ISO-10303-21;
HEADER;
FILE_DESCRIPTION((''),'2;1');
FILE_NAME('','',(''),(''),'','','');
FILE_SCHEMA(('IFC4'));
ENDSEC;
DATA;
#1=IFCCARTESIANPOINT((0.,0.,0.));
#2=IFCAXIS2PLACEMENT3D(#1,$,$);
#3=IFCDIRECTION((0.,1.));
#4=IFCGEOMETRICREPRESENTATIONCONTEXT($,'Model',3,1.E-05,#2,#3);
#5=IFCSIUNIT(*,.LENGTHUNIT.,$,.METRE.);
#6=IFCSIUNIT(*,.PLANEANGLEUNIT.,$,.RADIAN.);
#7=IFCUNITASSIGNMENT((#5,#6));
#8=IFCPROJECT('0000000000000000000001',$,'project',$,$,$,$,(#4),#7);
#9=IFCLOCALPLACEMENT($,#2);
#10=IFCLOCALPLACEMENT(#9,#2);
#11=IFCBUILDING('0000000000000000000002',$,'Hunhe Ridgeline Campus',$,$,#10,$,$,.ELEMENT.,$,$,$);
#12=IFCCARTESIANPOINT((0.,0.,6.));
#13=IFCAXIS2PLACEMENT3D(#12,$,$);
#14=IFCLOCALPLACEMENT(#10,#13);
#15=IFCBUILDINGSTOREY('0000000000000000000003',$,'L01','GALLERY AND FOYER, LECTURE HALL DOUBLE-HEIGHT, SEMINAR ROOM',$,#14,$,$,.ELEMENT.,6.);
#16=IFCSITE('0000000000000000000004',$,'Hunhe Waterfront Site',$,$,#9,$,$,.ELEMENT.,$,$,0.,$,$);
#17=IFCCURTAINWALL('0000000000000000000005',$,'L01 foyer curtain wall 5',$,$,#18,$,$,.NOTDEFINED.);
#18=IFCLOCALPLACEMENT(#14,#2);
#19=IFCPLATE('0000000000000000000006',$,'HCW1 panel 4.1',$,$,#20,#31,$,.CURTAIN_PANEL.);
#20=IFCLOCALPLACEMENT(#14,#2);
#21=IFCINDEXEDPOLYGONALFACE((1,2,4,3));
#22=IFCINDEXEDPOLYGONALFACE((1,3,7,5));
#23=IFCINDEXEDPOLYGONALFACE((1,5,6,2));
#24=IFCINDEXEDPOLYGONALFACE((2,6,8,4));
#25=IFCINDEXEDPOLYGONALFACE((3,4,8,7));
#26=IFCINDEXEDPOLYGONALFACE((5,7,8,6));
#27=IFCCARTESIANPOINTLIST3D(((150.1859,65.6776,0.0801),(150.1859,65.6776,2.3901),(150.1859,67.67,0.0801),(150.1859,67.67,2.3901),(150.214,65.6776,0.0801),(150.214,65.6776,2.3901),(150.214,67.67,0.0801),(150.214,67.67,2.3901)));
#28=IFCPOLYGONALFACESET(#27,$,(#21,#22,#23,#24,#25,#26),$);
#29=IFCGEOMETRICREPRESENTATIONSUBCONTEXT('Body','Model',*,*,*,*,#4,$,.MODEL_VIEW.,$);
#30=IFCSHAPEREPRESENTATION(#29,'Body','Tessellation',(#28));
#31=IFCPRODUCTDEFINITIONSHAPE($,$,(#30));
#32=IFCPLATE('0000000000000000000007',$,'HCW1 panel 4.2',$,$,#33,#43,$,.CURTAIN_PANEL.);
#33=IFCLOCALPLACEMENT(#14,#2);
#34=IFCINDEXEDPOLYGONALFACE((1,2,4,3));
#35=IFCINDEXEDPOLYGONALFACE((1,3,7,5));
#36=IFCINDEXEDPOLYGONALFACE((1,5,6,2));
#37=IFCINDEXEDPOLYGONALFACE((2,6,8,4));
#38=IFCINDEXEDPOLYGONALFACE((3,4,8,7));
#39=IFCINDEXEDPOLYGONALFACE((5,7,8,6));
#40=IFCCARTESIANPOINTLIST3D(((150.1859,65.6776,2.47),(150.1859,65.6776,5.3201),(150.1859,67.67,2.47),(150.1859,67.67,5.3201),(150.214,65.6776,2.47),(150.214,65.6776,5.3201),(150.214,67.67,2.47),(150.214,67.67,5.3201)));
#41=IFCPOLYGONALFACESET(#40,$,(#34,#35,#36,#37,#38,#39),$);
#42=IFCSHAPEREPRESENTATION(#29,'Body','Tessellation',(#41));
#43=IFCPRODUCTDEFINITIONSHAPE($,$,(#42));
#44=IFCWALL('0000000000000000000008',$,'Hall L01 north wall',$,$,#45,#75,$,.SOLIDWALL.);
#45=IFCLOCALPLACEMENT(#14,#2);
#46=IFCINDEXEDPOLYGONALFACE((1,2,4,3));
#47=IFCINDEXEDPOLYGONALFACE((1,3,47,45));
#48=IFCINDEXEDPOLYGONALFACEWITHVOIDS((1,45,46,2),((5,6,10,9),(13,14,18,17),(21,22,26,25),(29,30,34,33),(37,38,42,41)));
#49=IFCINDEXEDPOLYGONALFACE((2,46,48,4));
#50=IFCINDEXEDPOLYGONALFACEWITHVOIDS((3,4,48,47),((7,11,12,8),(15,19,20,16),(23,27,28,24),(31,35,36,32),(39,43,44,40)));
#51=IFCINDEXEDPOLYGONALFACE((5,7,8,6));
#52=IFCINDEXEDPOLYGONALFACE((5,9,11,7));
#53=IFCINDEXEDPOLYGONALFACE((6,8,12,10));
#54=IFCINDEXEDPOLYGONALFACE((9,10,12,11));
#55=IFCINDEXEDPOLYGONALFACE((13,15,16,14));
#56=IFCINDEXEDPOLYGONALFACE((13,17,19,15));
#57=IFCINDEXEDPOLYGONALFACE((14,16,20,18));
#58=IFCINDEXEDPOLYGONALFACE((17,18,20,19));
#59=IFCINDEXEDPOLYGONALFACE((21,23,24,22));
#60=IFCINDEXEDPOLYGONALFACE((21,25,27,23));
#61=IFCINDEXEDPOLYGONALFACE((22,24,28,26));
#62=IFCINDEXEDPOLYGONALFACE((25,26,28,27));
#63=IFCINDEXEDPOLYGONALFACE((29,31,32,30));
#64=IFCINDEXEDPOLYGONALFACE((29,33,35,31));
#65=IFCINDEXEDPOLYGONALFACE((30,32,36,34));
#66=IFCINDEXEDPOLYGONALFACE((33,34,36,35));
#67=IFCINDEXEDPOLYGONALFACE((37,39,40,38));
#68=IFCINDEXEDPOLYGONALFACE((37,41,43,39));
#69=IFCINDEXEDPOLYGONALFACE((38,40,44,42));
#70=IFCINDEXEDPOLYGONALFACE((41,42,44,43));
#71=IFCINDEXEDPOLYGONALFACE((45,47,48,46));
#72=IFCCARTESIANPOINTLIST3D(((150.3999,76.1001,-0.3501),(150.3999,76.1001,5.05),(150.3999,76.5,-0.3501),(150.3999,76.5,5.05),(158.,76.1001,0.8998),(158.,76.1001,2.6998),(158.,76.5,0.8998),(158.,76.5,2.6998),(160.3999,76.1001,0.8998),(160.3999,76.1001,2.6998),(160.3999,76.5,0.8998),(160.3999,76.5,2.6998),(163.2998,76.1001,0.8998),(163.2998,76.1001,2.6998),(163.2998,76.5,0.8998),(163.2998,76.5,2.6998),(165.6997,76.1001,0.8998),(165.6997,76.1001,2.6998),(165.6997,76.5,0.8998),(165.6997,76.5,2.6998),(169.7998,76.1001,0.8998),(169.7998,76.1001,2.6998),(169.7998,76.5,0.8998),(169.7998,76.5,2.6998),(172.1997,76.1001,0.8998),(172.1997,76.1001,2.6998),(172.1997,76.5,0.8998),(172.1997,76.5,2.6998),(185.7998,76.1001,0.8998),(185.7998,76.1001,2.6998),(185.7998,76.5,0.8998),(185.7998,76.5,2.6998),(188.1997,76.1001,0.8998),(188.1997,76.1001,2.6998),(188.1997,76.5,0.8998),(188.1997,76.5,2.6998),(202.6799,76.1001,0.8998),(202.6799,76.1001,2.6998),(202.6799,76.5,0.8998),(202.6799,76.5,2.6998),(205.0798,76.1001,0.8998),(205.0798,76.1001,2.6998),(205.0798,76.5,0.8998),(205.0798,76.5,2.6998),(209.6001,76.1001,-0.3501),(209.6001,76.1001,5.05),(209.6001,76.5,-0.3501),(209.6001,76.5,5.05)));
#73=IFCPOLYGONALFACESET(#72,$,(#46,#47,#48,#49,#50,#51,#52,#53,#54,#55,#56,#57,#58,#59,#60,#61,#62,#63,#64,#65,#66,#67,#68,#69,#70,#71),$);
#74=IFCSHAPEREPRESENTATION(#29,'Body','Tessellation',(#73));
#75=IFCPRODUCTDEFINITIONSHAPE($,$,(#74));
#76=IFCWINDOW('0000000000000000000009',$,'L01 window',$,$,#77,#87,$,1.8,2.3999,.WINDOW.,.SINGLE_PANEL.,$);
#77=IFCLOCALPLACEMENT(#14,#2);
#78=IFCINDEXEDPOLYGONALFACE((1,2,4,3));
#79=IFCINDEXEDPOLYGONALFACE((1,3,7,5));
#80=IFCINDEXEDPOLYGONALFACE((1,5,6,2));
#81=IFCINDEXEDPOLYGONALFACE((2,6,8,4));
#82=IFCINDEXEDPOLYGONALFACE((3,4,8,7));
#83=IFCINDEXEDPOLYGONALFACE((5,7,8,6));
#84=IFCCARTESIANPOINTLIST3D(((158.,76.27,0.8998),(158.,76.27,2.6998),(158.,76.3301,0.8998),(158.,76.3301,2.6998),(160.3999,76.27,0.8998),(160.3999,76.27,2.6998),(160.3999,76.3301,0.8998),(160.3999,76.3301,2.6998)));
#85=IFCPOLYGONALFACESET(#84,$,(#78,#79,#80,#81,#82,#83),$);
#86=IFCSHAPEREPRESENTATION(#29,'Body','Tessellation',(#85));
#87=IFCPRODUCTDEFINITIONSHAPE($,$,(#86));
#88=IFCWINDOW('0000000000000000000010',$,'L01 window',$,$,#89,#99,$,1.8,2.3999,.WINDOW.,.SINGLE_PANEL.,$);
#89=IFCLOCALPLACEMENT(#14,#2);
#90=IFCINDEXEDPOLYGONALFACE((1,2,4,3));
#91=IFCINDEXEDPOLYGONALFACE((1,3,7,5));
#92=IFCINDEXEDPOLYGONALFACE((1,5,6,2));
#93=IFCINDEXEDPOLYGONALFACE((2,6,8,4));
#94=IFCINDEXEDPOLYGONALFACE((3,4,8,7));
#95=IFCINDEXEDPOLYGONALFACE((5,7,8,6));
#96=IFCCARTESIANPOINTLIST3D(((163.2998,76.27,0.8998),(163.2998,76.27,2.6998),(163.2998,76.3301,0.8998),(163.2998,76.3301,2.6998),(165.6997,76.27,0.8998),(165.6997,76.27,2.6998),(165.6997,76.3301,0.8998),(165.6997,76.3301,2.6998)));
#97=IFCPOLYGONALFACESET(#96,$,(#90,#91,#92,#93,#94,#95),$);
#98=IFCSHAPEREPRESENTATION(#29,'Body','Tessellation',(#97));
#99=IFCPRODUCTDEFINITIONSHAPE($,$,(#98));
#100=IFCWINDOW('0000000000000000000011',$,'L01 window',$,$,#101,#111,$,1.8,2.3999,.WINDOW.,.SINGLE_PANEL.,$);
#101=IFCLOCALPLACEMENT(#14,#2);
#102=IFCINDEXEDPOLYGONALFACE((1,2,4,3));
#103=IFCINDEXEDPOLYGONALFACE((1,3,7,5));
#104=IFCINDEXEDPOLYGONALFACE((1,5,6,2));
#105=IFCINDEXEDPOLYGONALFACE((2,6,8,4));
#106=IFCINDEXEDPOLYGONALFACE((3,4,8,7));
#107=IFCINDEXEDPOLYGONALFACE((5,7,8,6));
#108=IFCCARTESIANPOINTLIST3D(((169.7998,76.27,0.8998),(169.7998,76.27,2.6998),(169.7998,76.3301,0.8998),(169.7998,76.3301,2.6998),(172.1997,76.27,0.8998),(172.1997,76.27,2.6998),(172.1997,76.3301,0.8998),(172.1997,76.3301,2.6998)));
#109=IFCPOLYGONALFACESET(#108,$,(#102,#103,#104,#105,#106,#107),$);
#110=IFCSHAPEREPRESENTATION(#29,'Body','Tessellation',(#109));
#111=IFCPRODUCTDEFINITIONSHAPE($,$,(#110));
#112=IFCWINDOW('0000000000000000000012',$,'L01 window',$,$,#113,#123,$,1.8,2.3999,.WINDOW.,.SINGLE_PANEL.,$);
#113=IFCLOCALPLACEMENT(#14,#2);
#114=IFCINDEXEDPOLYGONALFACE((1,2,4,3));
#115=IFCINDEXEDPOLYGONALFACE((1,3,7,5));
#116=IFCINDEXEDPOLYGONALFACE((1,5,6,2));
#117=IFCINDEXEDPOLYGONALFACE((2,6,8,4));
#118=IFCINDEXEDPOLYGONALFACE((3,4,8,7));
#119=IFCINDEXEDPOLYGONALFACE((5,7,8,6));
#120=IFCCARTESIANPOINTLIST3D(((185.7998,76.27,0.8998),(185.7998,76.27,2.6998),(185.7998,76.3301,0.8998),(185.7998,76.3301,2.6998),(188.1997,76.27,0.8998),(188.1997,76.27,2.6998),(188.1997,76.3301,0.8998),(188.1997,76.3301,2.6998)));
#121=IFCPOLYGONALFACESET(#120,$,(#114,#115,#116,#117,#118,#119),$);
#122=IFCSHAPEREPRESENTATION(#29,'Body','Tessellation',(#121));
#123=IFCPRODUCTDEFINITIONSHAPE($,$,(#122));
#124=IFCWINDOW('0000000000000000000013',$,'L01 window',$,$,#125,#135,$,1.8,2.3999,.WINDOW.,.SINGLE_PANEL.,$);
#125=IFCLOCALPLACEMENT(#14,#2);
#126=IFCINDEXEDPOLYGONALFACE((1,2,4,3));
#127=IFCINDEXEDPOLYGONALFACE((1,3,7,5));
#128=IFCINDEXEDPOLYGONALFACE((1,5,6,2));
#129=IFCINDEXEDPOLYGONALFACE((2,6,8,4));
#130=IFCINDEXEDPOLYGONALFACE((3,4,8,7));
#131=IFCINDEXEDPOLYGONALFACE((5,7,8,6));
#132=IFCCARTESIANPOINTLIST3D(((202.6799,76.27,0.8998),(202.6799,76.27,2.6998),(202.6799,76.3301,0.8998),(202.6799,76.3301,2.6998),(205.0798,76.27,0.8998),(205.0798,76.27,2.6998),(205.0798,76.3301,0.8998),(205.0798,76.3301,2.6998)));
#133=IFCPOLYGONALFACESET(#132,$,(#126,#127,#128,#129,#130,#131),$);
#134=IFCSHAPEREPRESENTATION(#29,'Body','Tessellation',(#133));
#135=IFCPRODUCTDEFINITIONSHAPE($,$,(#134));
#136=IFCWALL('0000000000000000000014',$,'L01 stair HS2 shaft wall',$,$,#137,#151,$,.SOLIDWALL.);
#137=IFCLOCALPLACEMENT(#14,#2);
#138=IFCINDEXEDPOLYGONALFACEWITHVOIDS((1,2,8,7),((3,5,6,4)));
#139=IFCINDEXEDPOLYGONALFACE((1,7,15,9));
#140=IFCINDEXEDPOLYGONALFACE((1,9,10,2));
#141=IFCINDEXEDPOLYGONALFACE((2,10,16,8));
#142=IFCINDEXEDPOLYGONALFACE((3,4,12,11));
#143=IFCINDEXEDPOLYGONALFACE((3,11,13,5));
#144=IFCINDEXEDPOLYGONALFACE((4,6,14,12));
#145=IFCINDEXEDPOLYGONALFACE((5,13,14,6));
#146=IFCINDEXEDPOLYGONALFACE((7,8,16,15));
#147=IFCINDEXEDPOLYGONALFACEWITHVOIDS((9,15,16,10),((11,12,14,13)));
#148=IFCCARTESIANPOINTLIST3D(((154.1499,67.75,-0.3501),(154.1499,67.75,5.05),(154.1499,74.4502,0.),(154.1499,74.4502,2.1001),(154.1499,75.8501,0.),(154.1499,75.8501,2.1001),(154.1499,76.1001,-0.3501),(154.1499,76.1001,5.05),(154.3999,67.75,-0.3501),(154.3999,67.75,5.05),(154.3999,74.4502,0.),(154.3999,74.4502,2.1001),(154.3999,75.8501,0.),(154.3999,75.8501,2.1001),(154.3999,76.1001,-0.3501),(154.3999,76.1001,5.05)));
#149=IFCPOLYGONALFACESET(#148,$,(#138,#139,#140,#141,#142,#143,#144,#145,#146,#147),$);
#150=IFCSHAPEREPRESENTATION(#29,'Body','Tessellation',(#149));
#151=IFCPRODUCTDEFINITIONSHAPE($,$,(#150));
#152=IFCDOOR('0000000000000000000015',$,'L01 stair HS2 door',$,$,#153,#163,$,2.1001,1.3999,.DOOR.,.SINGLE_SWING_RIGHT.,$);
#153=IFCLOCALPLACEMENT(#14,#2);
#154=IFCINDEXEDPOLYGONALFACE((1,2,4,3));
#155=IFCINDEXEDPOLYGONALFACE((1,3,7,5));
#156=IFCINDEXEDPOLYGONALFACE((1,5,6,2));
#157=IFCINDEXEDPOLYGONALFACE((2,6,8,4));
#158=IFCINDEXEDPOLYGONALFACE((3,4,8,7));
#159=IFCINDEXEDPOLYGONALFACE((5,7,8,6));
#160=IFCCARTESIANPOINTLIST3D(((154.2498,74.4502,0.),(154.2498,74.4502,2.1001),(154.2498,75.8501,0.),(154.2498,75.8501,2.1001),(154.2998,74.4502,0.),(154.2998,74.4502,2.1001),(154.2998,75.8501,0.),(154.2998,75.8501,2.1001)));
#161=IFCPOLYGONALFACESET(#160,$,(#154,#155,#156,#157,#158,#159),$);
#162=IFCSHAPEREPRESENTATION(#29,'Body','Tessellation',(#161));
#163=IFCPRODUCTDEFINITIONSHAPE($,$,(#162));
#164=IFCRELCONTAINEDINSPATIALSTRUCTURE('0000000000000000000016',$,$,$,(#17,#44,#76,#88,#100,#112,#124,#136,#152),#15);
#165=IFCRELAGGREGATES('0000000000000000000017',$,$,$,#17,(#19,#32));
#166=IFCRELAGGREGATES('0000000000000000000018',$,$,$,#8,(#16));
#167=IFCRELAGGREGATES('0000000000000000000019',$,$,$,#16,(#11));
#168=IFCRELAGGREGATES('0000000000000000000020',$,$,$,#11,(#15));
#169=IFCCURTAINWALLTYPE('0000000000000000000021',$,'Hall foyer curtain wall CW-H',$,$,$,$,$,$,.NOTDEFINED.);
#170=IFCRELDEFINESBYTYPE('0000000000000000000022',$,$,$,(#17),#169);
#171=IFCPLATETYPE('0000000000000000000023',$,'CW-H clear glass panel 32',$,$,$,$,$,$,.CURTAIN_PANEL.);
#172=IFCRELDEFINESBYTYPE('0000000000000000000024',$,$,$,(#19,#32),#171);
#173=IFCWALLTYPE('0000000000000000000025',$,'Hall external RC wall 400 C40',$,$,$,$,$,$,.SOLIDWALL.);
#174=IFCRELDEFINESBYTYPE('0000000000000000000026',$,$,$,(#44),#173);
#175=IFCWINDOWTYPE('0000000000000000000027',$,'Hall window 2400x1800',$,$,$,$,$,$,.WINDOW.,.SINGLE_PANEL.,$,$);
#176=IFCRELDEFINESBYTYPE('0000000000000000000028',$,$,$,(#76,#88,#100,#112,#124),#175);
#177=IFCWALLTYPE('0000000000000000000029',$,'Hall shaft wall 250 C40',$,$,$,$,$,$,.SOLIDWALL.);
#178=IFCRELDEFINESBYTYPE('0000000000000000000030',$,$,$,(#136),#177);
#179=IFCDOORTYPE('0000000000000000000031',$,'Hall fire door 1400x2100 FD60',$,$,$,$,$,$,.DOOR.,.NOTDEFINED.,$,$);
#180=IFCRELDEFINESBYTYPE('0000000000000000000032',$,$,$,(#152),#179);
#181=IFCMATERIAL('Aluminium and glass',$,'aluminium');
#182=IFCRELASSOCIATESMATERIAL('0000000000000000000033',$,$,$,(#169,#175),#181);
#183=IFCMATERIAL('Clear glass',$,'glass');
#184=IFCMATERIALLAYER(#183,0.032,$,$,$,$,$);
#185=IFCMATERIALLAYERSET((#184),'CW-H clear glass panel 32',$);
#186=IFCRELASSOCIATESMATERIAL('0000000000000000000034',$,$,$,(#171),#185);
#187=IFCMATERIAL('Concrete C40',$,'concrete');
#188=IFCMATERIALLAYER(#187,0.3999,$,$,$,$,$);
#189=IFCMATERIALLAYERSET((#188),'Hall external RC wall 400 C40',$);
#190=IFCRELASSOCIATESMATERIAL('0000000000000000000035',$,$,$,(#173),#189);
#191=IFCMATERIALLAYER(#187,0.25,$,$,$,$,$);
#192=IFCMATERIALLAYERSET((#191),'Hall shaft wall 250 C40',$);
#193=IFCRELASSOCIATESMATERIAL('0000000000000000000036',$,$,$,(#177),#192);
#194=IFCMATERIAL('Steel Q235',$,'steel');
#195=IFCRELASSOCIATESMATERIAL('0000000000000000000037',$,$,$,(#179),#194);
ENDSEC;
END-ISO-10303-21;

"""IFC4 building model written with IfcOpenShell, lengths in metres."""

from ifc_helpers import new_model, si_unit, direction, frame, frame_2d, origin, origin_2d, place, context, subcontext, project, spatial, rectangle, extrude, material, layer, layer_set, type_object, element, fill, aggregate, save


model = new_model("IFC4")

# Units and contexts
model_context = context("Model", 3, precision=1e-05, world=origin(), true_north=direction((0.0, 1.0)))
body_context = subcontext(model_context, "Body", "Model", "MODEL_VIEW")
ifc_project = project(units=[si_unit("LENGTHUNIT", "METRE"), si_unit("PLANEANGLEUNIT", "RADIAN")], contexts=[model_context])

# Site, building, storey
site_placement = place(None, origin())
site = spatial("IfcSite", under=ifc_project, at=site_placement, Name="Hunhe Waterfront Site", CompositionType="ELEMENT", RefElevation=0.0)
building_placement = place(site_placement, origin())
building = spatial("IfcBuilding", under=site, at=building_placement, Name="Hunhe Ridgeline Campus", CompositionType="ELEMENT")
storey_placement = place(building_placement, frame((0.0, 0.0, 6.0)))
storey = spatial("IfcBuildingStorey", under=building, at=storey_placement, Name="L01", Description="GALLERY AND FOYER, LECTURE HALL DOUBLE-HEIGHT, SEMINAR ROOM", CompositionType="ELEMENT", Elevation=6.0)

# Curtain wall, plates
ifc_material_1 = material(Name="Aluminium and glass", Category="aluminium")
curtain_wall_type = type_object("IfcCurtainWallType", Name="Hall foyer curtain wall CW-H", PredefinedType="NOTDEFINED", material=ifc_material_1)
curtain_wall_placement = place(storey_placement, origin())
curtain_wall = element("IfcCurtainWall", 1, at=curtain_wall_placement, inside=storey, type_object=curtain_wall_type, Name="L01 foyer curtain wall 5", PredefinedType="NOTDEFINED")
ifc_material_2 = material(Name="Clear glass", Category="glass")
ifc_layer_1 = layer(ifc_material_2, 0.032)
ifc_layer_set_1 = layer_set([ifc_layer_1], Name="CW-H clear glass panel 32")
plate_type = type_object("IfcPlateType", Name="CW-H clear glass panel 32", PredefinedType="CURTAIN_PANEL", material=ifc_layer_set_1)
plate_1_placement = place(storey_placement, frame((150.2, 66.6738, 0.0801), z_axis=(0.0, 0.0, 1.0), x_axis=(0.0, 1.0, 0.0)))
plate_1 = element("IfcPlate", 2, at=plate_1_placement, type_object=plate_type, Name="HCW1 panel 4.1", PredefinedType="CURTAIN_PANEL", context=body_context, shape_type="SweptSolid", body=[
    extrude(rectangle(XDim=1.9924, YDim=0.0281, at=origin_2d()), origin(), (0.0, 0.0, 1.0), 2.3101),
])
plate_2_placement = place(storey_placement, frame((150.2, 66.6738, 2.47), z_axis=(0.0, 0.0, 1.0), x_axis=(0.0, 1.0, 0.0)))
plate_2 = element("IfcPlate", 3, at=plate_2_placement, type_object=plate_type, Name="HCW1 panel 4.2", PredefinedType="CURTAIN_PANEL", context=body_context, shape_type="SweptSolid", body=[
    extrude(rectangle(XDim=1.9924, YDim=0.0281, at=origin_2d()), origin(), (0.0, 0.0, 1.0), 2.8501),
])
aggregate(curtain_wall, [plate_1, plate_2])

# Wall, openings, windows
ifc_material_3 = material(Name="Concrete C40", Category="concrete")
ifc_layer_2 = layer(ifc_material_3, 0.3999)
ifc_layer_set_2 = layer_set([ifc_layer_2], Name="Hall external RC wall 400 C40")
wall_type_1 = type_object("IfcWallType", Name="Hall external RC wall 400 C40", PredefinedType="SOLIDWALL", material=ifc_layer_set_2)
wall_1_placement = place(storey_placement, frame((150.3999, 76.3, -0.3501), z_axis=(0.0, 0.0, 1.0), x_axis=(1.0, 0.0, 0.0)))
wall_1 = element("IfcWall", 4, at=wall_1_placement, inside=storey, type_object=wall_type_1, Name="Hall L01 north wall", PredefinedType="SOLIDWALL", context=body_context, shape_type="SweptSolid", body=[
    extrude(rectangle(XDim=59.2002, YDim=0.3999, at=frame_2d((29.6001, 0.0))), origin(), (0.0, 0.0, 1.0), 5.4001),
])
opening_1_placement = place(wall_1_placement, frame((7.6001, 0.0, 1.25)))
opening_1 = element("IfcOpeningElement", 5, at=opening_1_placement, cuts=wall_1, PredefinedType="OPENING", context=body_context, shape_type="SweptSolid", body=[
    extrude(rectangle(XDim=2.3999, YDim=1.8, at=frame_2d((1.2, 0.8999))), frame((0.0, 0.2, 0.0), z_axis=(0.0, -1.0, 0.0), x_axis=(1.0, 0.0, 0.0)), (0.0, 0.0, 1.0), 0.3999),
])
opening_2_placement = place(wall_1_placement, frame((12.8999, 0.0, 1.25)))
opening_2 = element("IfcOpeningElement", 6, at=opening_2_placement, cuts=wall_1, PredefinedType="OPENING", context=body_context, shape_type="SweptSolid", body=[
    extrude(rectangle(XDim=2.3999, YDim=1.8, at=frame_2d((1.2, 0.8999))), frame((0.0, 0.2, 0.0), z_axis=(0.0, -1.0, 0.0), x_axis=(1.0, 0.0, 0.0)), (0.0, 0.0, 1.0), 0.3999),
])
opening_3_placement = place(wall_1_placement, frame((19.3999, 0.0, 1.25)))
opening_3 = element("IfcOpeningElement", 7, at=opening_3_placement, cuts=wall_1, PredefinedType="OPENING", context=body_context, shape_type="SweptSolid", body=[
    extrude(rectangle(XDim=2.3999, YDim=1.8, at=frame_2d((1.2, 0.8999))), frame((0.0, 0.2, 0.0), z_axis=(0.0, -1.0, 0.0), x_axis=(1.0, 0.0, 0.0)), (0.0, 0.0, 1.0), 0.3999),
])
opening_4_placement = place(wall_1_placement, frame((35.3999, 0.0, 1.25)))
opening_4 = element("IfcOpeningElement", 8, at=opening_4_placement, cuts=wall_1, PredefinedType="OPENING", context=body_context, shape_type="SweptSolid", body=[
    extrude(rectangle(XDim=2.3999, YDim=1.8, at=frame_2d((1.2, 0.8999))), frame((0.0, 0.2, 0.0), z_axis=(0.0, -1.0, 0.0), x_axis=(1.0, 0.0, 0.0)), (0.0, 0.0, 1.0), 0.3999),
])
opening_5_placement = place(wall_1_placement, frame((52.28, 0.0, 1.25)))
opening_5 = element("IfcOpeningElement", 9, at=opening_5_placement, cuts=wall_1, PredefinedType="OPENING", context=body_context, shape_type="SweptSolid", body=[
    extrude(rectangle(XDim=2.3999, YDim=1.8, at=frame_2d((1.2, 0.8999))), frame((0.0, 0.2, 0.0), z_axis=(0.0, -1.0, 0.0), x_axis=(1.0, 0.0, 0.0)), (0.0, 0.0, 1.0), 0.3999),
])
window_type = type_object("IfcWindowType", Name="Hall window 2400x1800", PartitioningType="SINGLE_PANEL", PredefinedType="WINDOW", material=ifc_material_1)
window_1_placement = place(opening_1_placement, origin())
window_1 = element("IfcWindow", 10, at=window_1_placement, inside=storey, type_object=window_type, Name="L01 window", OverallHeight=1.8, OverallWidth=2.3999, PartitioningType="SINGLE_PANEL", PredefinedType="WINDOW", context=body_context, shape_type="SweptSolid", body=[
    extrude(rectangle(XDim=2.3999, YDim=1.8, at=frame_2d((1.2, 0.8999))), frame((0.0, 0.03, 0.0), z_axis=(0.0, -1.0, 0.0), x_axis=(1.0, 0.0, 0.0)), (0.0, 0.0, 1.0), 0.0601),
])
fill(opening_1, window_1)
window_2_placement = place(opening_2_placement, origin())
window_2 = element("IfcWindow", 11, at=window_2_placement, inside=storey, type_object=window_type, Name="L01 window", OverallHeight=1.8, OverallWidth=2.3999, PartitioningType="SINGLE_PANEL", PredefinedType="WINDOW", context=body_context, shape_type="SweptSolid", body=[
    extrude(rectangle(XDim=2.3999, YDim=1.8, at=frame_2d((1.2, 0.8999))), frame((0.0, 0.03, 0.0), z_axis=(0.0, -1.0, 0.0), x_axis=(1.0, 0.0, 0.0)), (0.0, 0.0, 1.0), 0.0601),
])
fill(opening_2, window_2)
window_3_placement = place(opening_3_placement, origin())
window_3 = element("IfcWindow", 12, at=window_3_placement, inside=storey, type_object=window_type, Name="L01 window", OverallHeight=1.8, OverallWidth=2.3999, PartitioningType="SINGLE_PANEL", PredefinedType="WINDOW", context=body_context, shape_type="SweptSolid", body=[
    extrude(rectangle(XDim=2.3999, YDim=1.8, at=frame_2d((1.2, 0.8999))), frame((0.0, 0.03, 0.0), z_axis=(0.0, -1.0, 0.0), x_axis=(1.0, 0.0, 0.0)), (0.0, 0.0, 1.0), 0.0601),
])
fill(opening_3, window_3)
window_4_placement = place(opening_4_placement, origin())
window_4 = element("IfcWindow", 13, at=window_4_placement, inside=storey, type_object=window_type, Name="L01 window", OverallHeight=1.8, OverallWidth=2.3999, PartitioningType="SINGLE_PANEL", PredefinedType="WINDOW", context=body_context, shape_type="SweptSolid", body=[
    extrude(rectangle(XDim=2.3999, YDim=1.8, at=frame_2d((1.2, 0.8999))), frame((0.0, 0.03, 0.0), z_axis=(0.0, -1.0, 0.0), x_axis=(1.0, 0.0, 0.0)), (0.0, 0.0, 1.0), 0.0601),
])
fill(opening_4, window_4)
window_5_placement = place(opening_5_placement, origin())
window_5 = element("IfcWindow", 14, at=window_5_placement, inside=storey, type_object=window_type, Name="L01 window", OverallHeight=1.8, OverallWidth=2.3999, PartitioningType="SINGLE_PANEL", PredefinedType="WINDOW", context=body_context, shape_type="SweptSolid", body=[
    extrude(rectangle(XDim=2.3999, YDim=1.8, at=frame_2d((1.2, 0.8999))), frame((0.0, 0.03, 0.0), z_axis=(0.0, -1.0, 0.0), x_axis=(1.0, 0.0, 0.0)), (0.0, 0.0, 1.0), 0.0601),
])
fill(opening_5, window_5)

# Wall, opening, door
ifc_layer_3 = layer(ifc_material_3, 0.25)
ifc_layer_set_3 = layer_set([ifc_layer_3], Name="Hall shaft wall 250 C40")
wall_type_2 = type_object("IfcWallType", Name="Hall shaft wall 250 C40", PredefinedType="SOLIDWALL", material=ifc_layer_set_3)
wall_2_placement = place(storey_placement, frame((154.2749, 76.1001, -0.3501), z_axis=(0.0, 0.0, 1.0), x_axis=(0.0, -1.0, 0.0)))
wall_2 = element("IfcWall", 15, at=wall_2_placement, inside=storey, type_object=wall_type_2, Name="L01 stair HS2 shaft wall", PredefinedType="SOLIDWALL", context=body_context, shape_type="SweptSolid", body=[
    extrude(rectangle(XDim=8.3501, YDim=0.25, at=frame_2d((4.175, 0.0))), origin(), (0.0, 0.0, 1.0), 5.4001),
])
opening_6_placement = place(wall_2_placement, frame((0.25, 0.0, 0.3501)))
opening_6 = element("IfcOpeningElement", 16, at=opening_6_placement, cuts=wall_2, PredefinedType="OPENING", context=body_context, shape_type="SweptSolid", body=[
    extrude(rectangle(XDim=1.3999, YDim=2.1001, at=frame_2d((0.7, 1.05))), frame((0.0, 0.125, 0.0), z_axis=(0.0, -1.0, 0.0), x_axis=(1.0, 0.0, 0.0)), (0.0, 0.0, 1.0), 0.25),
])
ifc_material_4 = material(Name="Steel Q235", Category="steel")
door_type = type_object("IfcDoorType", Name="Hall fire door 1400x2100 FD60", OperationType="NOTDEFINED", PredefinedType="DOOR", material=ifc_material_4)
door_placement = place(opening_6_placement, origin())
door = element("IfcDoor", 17, at=door_placement, inside=storey, type_object=door_type, Name="L01 stair HS2 door", OperationType="SINGLE_SWING_RIGHT", OverallHeight=2.1001, OverallWidth=1.3999, PredefinedType="DOOR", context=body_context, shape_type="SweptSolid", body=[
    extrude(rectangle(XDim=1.3999, YDim=2.1001, at=frame_2d((0.7, 1.05))), frame((0.0, 0.0249, 0.0), z_axis=(0.0, -1.0, 0.0), x_axis=(1.0, 0.0, 0.0)), (0.0, 0.0, 1.0), 0.05),
])
fill(opening_6, door)

save(model, "model.ifc")
